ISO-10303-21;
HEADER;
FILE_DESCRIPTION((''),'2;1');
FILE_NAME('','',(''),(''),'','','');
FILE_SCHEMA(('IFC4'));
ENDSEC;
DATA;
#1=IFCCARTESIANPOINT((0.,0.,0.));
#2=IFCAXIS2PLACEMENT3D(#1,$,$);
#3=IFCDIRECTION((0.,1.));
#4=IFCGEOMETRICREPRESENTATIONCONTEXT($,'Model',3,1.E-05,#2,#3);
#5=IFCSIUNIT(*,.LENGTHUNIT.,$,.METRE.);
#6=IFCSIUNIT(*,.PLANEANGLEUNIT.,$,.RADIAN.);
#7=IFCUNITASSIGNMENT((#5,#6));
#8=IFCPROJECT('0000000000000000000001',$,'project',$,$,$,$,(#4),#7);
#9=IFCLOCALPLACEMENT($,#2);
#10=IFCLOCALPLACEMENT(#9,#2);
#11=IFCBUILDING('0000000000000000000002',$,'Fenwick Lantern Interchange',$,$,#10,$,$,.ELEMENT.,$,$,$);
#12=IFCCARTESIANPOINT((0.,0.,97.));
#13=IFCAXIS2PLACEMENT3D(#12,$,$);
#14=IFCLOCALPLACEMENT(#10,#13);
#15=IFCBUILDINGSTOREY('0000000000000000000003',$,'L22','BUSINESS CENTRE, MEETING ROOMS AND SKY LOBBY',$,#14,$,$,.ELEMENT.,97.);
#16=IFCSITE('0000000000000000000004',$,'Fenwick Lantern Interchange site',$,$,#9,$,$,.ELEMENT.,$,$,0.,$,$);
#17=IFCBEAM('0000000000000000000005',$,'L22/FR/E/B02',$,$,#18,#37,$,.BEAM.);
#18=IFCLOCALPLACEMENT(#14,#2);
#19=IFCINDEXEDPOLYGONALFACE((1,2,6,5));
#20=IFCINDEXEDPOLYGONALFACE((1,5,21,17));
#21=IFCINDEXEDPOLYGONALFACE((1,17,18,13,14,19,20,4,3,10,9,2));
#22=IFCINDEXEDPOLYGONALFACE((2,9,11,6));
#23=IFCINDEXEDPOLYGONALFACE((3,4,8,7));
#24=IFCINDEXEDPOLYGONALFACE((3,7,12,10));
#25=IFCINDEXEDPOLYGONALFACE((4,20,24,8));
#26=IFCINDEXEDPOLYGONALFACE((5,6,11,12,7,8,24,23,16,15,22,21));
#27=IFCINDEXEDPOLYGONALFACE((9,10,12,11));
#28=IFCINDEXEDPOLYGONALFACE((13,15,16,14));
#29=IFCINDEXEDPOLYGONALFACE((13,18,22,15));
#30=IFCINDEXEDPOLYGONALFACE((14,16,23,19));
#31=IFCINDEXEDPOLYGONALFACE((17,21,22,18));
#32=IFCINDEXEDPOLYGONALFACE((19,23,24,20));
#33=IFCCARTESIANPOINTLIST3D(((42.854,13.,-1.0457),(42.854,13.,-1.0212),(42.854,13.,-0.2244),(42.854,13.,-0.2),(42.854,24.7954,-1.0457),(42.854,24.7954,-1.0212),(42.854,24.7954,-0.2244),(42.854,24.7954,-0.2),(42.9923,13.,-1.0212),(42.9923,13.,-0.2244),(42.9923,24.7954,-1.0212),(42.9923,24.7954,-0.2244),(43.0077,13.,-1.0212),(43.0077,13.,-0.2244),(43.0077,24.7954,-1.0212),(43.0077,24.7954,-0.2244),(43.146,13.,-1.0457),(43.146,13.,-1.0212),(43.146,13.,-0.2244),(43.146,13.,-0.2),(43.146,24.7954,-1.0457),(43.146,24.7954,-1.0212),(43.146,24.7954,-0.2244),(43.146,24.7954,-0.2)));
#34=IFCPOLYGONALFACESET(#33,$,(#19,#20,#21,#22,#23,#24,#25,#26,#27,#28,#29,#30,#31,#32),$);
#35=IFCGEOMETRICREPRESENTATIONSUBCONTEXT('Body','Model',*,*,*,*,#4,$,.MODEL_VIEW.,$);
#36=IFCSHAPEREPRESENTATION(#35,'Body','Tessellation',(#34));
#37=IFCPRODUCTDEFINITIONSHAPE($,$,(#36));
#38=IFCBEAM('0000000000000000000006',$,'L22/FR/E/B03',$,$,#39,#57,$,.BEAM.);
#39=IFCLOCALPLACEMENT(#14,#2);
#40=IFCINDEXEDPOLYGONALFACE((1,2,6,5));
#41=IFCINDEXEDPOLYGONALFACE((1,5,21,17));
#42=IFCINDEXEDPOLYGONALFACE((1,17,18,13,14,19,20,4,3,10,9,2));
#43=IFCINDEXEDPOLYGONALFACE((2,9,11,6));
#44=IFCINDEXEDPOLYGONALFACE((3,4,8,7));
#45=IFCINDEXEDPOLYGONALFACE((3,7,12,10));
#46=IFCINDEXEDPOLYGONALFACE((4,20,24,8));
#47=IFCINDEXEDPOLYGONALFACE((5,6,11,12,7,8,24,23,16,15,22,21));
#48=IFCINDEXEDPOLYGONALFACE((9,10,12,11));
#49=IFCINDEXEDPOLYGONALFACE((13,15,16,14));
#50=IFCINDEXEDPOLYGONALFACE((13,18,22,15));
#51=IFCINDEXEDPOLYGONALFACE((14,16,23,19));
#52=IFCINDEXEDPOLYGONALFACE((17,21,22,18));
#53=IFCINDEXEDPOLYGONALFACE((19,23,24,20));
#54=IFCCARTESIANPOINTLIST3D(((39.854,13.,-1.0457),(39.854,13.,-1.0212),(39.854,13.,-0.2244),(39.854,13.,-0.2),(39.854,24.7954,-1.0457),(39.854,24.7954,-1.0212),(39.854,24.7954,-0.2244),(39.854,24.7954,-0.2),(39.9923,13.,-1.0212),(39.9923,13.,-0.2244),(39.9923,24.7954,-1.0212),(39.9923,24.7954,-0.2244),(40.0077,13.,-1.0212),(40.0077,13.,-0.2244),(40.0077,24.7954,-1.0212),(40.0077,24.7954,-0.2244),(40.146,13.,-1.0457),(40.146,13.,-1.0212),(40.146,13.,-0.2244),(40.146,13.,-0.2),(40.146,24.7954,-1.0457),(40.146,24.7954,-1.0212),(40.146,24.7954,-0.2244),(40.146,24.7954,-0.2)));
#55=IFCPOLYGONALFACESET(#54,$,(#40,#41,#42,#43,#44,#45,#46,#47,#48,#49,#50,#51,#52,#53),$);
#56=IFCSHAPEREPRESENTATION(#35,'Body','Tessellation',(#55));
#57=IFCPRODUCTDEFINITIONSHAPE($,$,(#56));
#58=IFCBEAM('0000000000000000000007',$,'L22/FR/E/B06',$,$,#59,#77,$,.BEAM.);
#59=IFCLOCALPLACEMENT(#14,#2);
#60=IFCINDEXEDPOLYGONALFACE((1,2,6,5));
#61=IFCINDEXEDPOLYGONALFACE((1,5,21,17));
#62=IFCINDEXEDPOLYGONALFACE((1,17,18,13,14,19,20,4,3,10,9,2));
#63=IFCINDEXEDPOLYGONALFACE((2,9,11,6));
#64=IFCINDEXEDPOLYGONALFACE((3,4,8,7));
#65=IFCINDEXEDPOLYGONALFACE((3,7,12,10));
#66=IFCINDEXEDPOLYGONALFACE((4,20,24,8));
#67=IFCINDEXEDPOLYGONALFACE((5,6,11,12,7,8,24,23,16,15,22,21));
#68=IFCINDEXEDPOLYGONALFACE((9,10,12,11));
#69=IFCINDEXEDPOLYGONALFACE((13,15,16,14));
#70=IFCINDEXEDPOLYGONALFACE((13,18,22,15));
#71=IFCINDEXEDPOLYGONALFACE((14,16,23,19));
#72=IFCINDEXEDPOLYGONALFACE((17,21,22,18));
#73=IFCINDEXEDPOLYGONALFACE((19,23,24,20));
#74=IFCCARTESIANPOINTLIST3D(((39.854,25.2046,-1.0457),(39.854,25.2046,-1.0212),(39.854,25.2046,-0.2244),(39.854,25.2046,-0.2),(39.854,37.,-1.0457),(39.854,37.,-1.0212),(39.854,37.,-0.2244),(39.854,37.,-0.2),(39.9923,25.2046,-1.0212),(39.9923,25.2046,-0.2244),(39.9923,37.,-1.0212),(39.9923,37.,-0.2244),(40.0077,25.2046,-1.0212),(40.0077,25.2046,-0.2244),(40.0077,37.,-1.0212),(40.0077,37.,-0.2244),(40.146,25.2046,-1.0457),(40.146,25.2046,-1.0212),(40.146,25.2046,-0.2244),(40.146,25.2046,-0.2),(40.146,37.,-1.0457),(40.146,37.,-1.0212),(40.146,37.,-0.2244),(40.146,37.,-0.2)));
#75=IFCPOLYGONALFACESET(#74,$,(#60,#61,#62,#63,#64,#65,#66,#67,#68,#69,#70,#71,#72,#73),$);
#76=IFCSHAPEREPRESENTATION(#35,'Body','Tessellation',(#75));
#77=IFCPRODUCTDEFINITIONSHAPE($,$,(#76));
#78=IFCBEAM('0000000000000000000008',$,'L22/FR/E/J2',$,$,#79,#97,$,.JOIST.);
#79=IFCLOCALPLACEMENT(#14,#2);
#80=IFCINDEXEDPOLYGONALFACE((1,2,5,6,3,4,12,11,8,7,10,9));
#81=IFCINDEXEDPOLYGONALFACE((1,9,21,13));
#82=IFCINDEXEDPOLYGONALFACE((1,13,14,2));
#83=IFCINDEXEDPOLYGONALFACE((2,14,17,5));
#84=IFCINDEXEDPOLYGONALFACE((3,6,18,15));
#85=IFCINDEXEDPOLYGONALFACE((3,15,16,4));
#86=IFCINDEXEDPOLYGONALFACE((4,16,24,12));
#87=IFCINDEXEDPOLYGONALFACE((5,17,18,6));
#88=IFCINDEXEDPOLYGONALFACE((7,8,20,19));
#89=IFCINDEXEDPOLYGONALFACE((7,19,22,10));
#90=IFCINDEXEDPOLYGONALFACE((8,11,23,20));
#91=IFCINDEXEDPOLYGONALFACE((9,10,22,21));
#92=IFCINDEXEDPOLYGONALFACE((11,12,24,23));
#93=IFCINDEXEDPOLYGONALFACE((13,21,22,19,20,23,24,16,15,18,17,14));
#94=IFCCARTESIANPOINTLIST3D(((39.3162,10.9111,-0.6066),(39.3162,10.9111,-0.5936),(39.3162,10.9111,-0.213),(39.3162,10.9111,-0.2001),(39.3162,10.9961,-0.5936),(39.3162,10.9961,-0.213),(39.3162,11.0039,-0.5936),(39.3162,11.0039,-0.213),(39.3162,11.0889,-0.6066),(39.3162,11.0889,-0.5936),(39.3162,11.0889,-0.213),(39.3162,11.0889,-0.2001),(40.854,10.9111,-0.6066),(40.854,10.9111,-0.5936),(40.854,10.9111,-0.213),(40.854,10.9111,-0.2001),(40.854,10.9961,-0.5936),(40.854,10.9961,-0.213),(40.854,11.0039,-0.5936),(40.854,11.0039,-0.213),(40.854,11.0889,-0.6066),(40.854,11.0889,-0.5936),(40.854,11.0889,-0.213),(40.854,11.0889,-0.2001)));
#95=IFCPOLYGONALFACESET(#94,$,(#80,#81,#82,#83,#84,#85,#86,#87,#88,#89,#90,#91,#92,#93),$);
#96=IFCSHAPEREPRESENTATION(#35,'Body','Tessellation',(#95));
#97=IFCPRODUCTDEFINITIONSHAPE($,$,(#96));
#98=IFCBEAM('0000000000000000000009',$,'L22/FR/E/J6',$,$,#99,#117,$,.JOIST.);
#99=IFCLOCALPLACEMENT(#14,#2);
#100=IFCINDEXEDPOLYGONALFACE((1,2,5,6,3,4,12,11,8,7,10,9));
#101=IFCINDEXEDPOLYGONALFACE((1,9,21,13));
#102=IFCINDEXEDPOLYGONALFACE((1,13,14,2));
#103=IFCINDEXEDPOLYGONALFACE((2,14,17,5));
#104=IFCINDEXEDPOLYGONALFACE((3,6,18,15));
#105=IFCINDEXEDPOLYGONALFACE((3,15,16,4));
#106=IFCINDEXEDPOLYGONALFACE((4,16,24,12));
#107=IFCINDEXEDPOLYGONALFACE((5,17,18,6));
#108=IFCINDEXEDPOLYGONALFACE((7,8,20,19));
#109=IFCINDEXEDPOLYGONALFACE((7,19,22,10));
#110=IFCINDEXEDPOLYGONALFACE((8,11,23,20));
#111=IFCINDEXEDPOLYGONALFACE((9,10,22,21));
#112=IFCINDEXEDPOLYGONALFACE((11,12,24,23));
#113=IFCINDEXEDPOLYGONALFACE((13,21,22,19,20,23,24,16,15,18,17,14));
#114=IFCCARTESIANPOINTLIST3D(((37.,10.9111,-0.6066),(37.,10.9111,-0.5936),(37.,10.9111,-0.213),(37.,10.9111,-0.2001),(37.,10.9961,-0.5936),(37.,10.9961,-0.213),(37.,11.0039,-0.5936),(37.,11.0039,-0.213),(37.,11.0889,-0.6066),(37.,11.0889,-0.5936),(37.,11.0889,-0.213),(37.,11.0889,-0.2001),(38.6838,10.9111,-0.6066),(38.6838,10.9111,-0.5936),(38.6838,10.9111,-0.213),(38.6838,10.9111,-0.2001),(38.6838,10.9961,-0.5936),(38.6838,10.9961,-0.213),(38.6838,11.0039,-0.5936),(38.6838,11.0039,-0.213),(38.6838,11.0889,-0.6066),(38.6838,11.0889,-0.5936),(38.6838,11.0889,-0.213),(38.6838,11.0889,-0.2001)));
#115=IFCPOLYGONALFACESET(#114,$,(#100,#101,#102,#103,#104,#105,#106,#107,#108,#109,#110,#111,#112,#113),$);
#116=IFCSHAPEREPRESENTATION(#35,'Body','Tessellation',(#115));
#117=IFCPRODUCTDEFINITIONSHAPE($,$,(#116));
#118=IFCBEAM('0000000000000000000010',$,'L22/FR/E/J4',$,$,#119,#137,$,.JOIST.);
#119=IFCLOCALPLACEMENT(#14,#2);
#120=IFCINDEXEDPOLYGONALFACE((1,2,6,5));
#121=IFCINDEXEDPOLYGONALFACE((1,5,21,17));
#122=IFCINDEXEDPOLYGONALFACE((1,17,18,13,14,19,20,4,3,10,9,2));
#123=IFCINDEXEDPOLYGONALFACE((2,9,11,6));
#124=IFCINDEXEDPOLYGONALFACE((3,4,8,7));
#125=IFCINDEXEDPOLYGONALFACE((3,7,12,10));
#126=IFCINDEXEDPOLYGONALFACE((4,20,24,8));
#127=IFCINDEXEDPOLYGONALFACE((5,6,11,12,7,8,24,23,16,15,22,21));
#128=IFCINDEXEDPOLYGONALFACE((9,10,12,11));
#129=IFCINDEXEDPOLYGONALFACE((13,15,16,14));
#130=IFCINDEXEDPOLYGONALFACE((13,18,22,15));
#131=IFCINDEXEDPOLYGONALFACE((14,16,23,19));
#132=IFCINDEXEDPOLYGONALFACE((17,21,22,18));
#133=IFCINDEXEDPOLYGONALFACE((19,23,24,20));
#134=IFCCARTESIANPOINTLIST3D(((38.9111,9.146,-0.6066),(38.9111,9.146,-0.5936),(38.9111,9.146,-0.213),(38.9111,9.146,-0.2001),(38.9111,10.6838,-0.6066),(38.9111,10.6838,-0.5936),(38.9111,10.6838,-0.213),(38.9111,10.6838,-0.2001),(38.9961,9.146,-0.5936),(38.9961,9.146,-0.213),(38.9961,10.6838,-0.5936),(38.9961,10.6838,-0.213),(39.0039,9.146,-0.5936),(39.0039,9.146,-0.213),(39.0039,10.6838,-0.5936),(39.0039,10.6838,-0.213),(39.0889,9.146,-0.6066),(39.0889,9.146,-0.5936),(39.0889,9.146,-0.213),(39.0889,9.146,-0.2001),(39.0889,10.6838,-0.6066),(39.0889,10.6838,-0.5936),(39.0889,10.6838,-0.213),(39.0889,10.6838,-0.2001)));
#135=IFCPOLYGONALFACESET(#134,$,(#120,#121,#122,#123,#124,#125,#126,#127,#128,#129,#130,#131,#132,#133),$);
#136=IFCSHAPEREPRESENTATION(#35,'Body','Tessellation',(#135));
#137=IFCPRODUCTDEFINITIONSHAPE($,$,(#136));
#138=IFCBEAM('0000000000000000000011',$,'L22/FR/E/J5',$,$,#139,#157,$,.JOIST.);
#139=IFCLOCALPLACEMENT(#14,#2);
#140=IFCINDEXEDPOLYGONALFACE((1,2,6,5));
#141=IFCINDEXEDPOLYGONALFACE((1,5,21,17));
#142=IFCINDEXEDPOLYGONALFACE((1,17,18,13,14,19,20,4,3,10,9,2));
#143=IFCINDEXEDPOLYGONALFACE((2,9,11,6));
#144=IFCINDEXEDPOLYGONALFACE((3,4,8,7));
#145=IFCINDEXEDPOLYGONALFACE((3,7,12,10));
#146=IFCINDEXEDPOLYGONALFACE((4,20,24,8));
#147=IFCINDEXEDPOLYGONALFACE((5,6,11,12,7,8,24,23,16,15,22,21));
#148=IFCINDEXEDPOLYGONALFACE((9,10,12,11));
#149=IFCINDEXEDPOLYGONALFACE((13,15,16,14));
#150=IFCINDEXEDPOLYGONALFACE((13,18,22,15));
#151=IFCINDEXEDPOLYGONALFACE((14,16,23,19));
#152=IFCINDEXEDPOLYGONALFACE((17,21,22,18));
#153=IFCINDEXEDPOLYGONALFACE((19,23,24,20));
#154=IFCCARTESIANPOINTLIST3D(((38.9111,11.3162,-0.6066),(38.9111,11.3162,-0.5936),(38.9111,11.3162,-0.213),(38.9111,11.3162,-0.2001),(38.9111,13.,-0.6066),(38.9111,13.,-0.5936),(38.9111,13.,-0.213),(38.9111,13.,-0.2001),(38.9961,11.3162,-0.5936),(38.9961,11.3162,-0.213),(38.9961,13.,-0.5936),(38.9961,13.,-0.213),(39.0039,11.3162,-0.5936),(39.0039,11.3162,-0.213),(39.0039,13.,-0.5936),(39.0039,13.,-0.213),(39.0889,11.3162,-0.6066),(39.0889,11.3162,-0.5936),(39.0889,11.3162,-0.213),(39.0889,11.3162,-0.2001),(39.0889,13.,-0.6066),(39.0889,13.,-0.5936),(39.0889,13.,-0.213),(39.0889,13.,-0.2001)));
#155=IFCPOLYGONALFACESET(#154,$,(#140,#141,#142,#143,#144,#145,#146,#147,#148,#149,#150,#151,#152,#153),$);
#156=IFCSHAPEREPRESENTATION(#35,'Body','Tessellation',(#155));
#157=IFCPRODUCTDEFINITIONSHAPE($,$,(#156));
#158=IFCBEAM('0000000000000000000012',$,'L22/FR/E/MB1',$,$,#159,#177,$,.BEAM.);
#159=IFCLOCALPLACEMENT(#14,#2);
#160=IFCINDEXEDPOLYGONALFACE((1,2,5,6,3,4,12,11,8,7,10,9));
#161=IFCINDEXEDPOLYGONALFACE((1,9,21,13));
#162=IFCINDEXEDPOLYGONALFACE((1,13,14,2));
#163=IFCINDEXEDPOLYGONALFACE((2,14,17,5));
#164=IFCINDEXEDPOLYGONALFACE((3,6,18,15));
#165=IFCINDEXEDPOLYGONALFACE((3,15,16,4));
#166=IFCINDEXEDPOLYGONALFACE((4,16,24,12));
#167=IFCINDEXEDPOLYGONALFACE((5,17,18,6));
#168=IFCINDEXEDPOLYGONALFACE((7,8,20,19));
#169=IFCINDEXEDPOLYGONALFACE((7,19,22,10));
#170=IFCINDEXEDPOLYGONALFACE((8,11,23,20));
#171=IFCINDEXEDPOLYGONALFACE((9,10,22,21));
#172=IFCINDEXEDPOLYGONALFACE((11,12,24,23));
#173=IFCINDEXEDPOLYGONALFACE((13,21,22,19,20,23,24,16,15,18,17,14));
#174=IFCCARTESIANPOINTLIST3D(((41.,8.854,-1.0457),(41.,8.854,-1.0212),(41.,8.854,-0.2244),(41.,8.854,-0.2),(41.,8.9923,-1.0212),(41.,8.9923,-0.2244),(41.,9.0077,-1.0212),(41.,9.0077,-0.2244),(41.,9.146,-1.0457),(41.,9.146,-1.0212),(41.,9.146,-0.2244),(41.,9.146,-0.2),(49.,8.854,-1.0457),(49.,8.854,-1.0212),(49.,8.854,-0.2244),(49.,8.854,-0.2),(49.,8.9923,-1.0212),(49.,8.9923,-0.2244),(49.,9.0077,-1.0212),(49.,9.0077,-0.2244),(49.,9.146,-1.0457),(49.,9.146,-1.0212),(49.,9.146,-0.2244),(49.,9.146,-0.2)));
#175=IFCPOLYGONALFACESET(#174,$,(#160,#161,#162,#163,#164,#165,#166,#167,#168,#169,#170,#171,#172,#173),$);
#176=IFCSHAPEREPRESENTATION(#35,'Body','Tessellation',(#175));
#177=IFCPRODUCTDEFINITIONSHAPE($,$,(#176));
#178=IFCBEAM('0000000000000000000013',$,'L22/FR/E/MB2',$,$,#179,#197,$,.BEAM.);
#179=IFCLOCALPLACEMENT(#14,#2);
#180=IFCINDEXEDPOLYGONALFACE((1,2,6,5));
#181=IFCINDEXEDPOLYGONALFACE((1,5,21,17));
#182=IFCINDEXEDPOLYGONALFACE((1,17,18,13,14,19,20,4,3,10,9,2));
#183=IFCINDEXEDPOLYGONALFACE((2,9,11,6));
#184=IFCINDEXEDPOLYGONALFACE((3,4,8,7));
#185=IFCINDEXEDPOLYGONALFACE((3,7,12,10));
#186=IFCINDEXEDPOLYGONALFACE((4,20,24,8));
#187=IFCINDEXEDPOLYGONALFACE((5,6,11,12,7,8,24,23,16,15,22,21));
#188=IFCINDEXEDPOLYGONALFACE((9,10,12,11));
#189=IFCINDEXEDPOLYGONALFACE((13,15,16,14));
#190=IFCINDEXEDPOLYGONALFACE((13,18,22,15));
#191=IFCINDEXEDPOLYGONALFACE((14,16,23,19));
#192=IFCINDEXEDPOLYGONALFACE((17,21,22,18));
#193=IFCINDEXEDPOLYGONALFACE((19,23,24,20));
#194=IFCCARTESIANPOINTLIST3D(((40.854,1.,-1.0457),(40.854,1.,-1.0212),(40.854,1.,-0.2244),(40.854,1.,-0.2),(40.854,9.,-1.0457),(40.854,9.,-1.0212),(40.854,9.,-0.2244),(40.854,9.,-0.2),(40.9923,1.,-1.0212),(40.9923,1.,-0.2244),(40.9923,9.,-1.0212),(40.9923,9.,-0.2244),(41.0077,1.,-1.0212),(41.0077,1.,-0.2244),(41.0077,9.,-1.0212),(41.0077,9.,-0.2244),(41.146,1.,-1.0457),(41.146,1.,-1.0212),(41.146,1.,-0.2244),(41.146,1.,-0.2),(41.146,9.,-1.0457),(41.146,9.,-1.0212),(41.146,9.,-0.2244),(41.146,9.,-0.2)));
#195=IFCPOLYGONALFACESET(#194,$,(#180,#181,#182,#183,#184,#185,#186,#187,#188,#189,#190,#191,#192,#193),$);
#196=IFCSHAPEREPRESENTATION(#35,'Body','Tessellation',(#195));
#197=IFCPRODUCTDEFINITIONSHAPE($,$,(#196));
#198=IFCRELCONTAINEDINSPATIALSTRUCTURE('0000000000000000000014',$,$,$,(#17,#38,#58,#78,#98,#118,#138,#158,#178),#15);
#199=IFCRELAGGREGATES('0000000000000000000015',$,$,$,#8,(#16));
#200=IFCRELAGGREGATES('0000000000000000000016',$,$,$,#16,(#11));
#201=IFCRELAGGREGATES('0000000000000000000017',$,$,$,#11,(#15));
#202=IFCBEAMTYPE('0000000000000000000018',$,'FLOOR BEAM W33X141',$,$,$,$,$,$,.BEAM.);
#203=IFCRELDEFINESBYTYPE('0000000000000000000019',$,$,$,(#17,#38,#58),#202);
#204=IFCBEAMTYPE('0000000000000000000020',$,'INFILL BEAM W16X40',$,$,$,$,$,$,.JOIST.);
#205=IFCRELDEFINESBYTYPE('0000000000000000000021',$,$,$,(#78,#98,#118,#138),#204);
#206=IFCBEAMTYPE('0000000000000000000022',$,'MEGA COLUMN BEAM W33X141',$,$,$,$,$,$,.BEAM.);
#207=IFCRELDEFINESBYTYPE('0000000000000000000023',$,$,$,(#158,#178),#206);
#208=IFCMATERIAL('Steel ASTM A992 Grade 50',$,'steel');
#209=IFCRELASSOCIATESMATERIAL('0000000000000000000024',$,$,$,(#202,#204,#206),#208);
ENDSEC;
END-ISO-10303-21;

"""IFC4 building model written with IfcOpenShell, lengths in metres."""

from ifc_helpers import new_model, si_unit, direction, frame, origin, origin_2d, place, context, subcontext, project, spatial, i_section, extrude, material, material_profile, profile_set, type_object, element, save


model = new_model("IFC4")

# Units and contexts
model_context = context("Model", 3, precision=1e-05, world=origin(), true_north=direction((0.0, 1.0)))
body_context = subcontext(model_context, "Body", "Model", "MODEL_VIEW")
ifc_project = project(units=[si_unit("LENGTHUNIT", "METRE"), si_unit("PLANEANGLEUNIT", "RADIAN")], contexts=[model_context])

# Site, building, storey
site_placement = place(None, origin())
site = spatial("IfcSite", under=ifc_project, at=site_placement, Name="Fenwick Lantern Interchange site", CompositionType="ELEMENT", RefElevation=0.0)
building_placement = place(site_placement, origin())
building = spatial("IfcBuilding", under=site, at=building_placement, Name="Fenwick Lantern Interchange", CompositionType="ELEMENT")
storey_placement = place(building_placement, frame((0.0, 0.0, 97.0)))
storey = spatial("IfcBuildingStorey", under=building, at=storey_placement, Name="L22", Description="BUSINESS CENTRE, MEETING ROOMS AND SKY LOBBY", CompositionType="ELEMENT", Elevation=97.0)

# Beams
ifc_material_1 = material(Name="Steel ASTM A992 Grade 50", Category="steel")
ifc_material_profile_1 = material_profile(ifc_material_1, i_section(OverallWidth=0.292, OverallDepth=0.8457, WebThickness=0.0154, FlangeThickness=0.0244, at=origin_2d()), Name="W33X141")
ifc_profile_set_1 = profile_set([ifc_material_profile_1], Name="Steel ASTM A992 Grade 50")
beam_type_1 = type_object("IfcBeamType", Name="FLOOR BEAM W33X141", PredefinedType="BEAM", material=ifc_profile_set_1)
for number, where, z_axis, x_axis, name in (
    (1, (43.0, 13.0, -0.6228), (0.0, 1.0, 0.0), (-1.0, 0.0, 0.0), "L22/FR/E/B02"),
    (2, (40.0, 13.0, -0.6228), (0.0, 1.0, 0.0), (-1.0, 0.0, 0.0), "L22/FR/E/B03"),
    (3, (40.0, 25.2046, -0.6228), (0.0, 1.0, 0.0), (-1.0, 0.0, 0.0), "L22/FR/E/B06"),
):
    element("IfcBeam", number, at=place(storey_placement, frame(where, z_axis=z_axis, x_axis=x_axis)), inside=storey, type_object=beam_type_1, Name=name, PredefinedType="BEAM", context=body_context, shape_type="SweptSolid", body=[
        extrude(i_section(OverallWidth=0.292, OverallDepth=0.8457, WebThickness=0.0154, FlangeThickness=0.0244, at=origin_2d()), origin(), (0.0, 0.0, 1.0), 11.7954),
    ])
ifc_material_profile_2 = material_profile(ifc_material_1, i_section(OverallWidth=0.1777, OverallDepth=0.4065, WebThickness=0.0078, FlangeThickness=0.0129, at=origin_2d()), Name="W16X40")
ifc_profile_set_2 = profile_set([ifc_material_profile_2], Name="Steel ASTM A992 Grade 50")
beam_type_2 = type_object("IfcBeamType", Name="INFILL BEAM W16X40", PredefinedType="JOIST", material=ifc_profile_set_2)
beam_1_placement = place(storey_placement, frame((40.854, 11.0, -0.4033), z_axis=(-1.0, 0.0, 0.0), x_axis=(0.0, -1.0, 0.0)))
element("IfcBeam", 4, at=beam_1_placement, inside=storey, type_object=beam_type_2, Name="L22/FR/E/J2", PredefinedType="JOIST", context=body_context, shape_type="SweptSolid", body=[
    extrude(i_section(OverallWidth=0.1777, OverallDepth=0.4065, WebThickness=0.0078, FlangeThickness=0.0129, at=origin_2d()), origin(), (0.0, 0.0, 1.0), 1.5378),
])
beam_2_placement = place(storey_placement, frame((38.6838, 11.0, -0.4033), z_axis=(-1.0, 0.0, 0.0), x_axis=(0.0, -1.0, 0.0)))
element("IfcBeam", 5, at=beam_2_placement, inside=storey, type_object=beam_type_2, Name="L22/FR/E/J6", PredefinedType="JOIST", context=body_context, shape_type="SweptSolid", body=[
    extrude(i_section(OverallWidth=0.1777, OverallDepth=0.4065, WebThickness=0.0078, FlangeThickness=0.0129, at=origin_2d()), origin(), (0.0, 0.0, 1.0), 1.6838),
])
beam_3_placement = place(storey_placement, frame((39.0, 9.146, -0.4033), z_axis=(0.0, 1.0, 0.0), x_axis=(-1.0, 0.0, 0.0)))
element("IfcBeam", 6, at=beam_3_placement, inside=storey, type_object=beam_type_2, Name="L22/FR/E/J4", PredefinedType="JOIST", context=body_context, shape_type="SweptSolid", body=[
    extrude(i_section(OverallWidth=0.1777, OverallDepth=0.4065, WebThickness=0.0078, FlangeThickness=0.0129, at=origin_2d()), origin(), (0.0, 0.0, 1.0), 1.5378),
])
beam_4_placement = place(storey_placement, frame((39.0, 11.3162, -0.4033), z_axis=(0.0, 1.0, 0.0), x_axis=(-1.0, 0.0, 0.0)))
element("IfcBeam", 7, at=beam_4_placement, inside=storey, type_object=beam_type_2, Name="L22/FR/E/J5", PredefinedType="JOIST", context=body_context, shape_type="SweptSolid", body=[
    extrude(i_section(OverallWidth=0.1777, OverallDepth=0.4065, WebThickness=0.0078, FlangeThickness=0.0129, at=origin_2d()), origin(), (0.0, 0.0, 1.0), 1.6838),
])
ifc_material_profile_3 = material_profile(ifc_material_1, i_section(OverallWidth=0.292, OverallDepth=0.8457, WebThickness=0.0154, FlangeThickness=0.0244, at=origin_2d()), Name="W33X141")
ifc_profile_set_3 = profile_set([ifc_material_profile_3], Name="Steel ASTM A992 Grade 50")
beam_type_3 = type_object("IfcBeamType", Name="MEGA COLUMN BEAM W33X141", PredefinedType="BEAM", material=ifc_profile_set_3)
for number, where, z_axis, x_axis, name in (
    (8, (41.0, 9.0, -0.6228), (1.0, 0.0, 0.0), (0.0, 1.0, 0.0), "L22/FR/E/MB1"),
    (9, (41.0, 9.0, -0.6228), (0.0, -1.0, 0.0), (1.0, 0.0, 0.0), "L22/FR/E/MB2"),
):
    element("IfcBeam", number, at=place(storey_placement, frame(where, z_axis=z_axis, x_axis=x_axis)), inside=storey, type_object=beam_type_3, Name=name, PredefinedType="BEAM", context=body_context, shape_type="SweptSolid", body=[
        extrude(i_section(OverallWidth=0.292, OverallDepth=0.8457, WebThickness=0.0154, FlangeThickness=0.0244, at=origin_2d()), origin(), (0.0, 0.0, 1.0), 8.0),
    ])

save(model, "model.ifc")
